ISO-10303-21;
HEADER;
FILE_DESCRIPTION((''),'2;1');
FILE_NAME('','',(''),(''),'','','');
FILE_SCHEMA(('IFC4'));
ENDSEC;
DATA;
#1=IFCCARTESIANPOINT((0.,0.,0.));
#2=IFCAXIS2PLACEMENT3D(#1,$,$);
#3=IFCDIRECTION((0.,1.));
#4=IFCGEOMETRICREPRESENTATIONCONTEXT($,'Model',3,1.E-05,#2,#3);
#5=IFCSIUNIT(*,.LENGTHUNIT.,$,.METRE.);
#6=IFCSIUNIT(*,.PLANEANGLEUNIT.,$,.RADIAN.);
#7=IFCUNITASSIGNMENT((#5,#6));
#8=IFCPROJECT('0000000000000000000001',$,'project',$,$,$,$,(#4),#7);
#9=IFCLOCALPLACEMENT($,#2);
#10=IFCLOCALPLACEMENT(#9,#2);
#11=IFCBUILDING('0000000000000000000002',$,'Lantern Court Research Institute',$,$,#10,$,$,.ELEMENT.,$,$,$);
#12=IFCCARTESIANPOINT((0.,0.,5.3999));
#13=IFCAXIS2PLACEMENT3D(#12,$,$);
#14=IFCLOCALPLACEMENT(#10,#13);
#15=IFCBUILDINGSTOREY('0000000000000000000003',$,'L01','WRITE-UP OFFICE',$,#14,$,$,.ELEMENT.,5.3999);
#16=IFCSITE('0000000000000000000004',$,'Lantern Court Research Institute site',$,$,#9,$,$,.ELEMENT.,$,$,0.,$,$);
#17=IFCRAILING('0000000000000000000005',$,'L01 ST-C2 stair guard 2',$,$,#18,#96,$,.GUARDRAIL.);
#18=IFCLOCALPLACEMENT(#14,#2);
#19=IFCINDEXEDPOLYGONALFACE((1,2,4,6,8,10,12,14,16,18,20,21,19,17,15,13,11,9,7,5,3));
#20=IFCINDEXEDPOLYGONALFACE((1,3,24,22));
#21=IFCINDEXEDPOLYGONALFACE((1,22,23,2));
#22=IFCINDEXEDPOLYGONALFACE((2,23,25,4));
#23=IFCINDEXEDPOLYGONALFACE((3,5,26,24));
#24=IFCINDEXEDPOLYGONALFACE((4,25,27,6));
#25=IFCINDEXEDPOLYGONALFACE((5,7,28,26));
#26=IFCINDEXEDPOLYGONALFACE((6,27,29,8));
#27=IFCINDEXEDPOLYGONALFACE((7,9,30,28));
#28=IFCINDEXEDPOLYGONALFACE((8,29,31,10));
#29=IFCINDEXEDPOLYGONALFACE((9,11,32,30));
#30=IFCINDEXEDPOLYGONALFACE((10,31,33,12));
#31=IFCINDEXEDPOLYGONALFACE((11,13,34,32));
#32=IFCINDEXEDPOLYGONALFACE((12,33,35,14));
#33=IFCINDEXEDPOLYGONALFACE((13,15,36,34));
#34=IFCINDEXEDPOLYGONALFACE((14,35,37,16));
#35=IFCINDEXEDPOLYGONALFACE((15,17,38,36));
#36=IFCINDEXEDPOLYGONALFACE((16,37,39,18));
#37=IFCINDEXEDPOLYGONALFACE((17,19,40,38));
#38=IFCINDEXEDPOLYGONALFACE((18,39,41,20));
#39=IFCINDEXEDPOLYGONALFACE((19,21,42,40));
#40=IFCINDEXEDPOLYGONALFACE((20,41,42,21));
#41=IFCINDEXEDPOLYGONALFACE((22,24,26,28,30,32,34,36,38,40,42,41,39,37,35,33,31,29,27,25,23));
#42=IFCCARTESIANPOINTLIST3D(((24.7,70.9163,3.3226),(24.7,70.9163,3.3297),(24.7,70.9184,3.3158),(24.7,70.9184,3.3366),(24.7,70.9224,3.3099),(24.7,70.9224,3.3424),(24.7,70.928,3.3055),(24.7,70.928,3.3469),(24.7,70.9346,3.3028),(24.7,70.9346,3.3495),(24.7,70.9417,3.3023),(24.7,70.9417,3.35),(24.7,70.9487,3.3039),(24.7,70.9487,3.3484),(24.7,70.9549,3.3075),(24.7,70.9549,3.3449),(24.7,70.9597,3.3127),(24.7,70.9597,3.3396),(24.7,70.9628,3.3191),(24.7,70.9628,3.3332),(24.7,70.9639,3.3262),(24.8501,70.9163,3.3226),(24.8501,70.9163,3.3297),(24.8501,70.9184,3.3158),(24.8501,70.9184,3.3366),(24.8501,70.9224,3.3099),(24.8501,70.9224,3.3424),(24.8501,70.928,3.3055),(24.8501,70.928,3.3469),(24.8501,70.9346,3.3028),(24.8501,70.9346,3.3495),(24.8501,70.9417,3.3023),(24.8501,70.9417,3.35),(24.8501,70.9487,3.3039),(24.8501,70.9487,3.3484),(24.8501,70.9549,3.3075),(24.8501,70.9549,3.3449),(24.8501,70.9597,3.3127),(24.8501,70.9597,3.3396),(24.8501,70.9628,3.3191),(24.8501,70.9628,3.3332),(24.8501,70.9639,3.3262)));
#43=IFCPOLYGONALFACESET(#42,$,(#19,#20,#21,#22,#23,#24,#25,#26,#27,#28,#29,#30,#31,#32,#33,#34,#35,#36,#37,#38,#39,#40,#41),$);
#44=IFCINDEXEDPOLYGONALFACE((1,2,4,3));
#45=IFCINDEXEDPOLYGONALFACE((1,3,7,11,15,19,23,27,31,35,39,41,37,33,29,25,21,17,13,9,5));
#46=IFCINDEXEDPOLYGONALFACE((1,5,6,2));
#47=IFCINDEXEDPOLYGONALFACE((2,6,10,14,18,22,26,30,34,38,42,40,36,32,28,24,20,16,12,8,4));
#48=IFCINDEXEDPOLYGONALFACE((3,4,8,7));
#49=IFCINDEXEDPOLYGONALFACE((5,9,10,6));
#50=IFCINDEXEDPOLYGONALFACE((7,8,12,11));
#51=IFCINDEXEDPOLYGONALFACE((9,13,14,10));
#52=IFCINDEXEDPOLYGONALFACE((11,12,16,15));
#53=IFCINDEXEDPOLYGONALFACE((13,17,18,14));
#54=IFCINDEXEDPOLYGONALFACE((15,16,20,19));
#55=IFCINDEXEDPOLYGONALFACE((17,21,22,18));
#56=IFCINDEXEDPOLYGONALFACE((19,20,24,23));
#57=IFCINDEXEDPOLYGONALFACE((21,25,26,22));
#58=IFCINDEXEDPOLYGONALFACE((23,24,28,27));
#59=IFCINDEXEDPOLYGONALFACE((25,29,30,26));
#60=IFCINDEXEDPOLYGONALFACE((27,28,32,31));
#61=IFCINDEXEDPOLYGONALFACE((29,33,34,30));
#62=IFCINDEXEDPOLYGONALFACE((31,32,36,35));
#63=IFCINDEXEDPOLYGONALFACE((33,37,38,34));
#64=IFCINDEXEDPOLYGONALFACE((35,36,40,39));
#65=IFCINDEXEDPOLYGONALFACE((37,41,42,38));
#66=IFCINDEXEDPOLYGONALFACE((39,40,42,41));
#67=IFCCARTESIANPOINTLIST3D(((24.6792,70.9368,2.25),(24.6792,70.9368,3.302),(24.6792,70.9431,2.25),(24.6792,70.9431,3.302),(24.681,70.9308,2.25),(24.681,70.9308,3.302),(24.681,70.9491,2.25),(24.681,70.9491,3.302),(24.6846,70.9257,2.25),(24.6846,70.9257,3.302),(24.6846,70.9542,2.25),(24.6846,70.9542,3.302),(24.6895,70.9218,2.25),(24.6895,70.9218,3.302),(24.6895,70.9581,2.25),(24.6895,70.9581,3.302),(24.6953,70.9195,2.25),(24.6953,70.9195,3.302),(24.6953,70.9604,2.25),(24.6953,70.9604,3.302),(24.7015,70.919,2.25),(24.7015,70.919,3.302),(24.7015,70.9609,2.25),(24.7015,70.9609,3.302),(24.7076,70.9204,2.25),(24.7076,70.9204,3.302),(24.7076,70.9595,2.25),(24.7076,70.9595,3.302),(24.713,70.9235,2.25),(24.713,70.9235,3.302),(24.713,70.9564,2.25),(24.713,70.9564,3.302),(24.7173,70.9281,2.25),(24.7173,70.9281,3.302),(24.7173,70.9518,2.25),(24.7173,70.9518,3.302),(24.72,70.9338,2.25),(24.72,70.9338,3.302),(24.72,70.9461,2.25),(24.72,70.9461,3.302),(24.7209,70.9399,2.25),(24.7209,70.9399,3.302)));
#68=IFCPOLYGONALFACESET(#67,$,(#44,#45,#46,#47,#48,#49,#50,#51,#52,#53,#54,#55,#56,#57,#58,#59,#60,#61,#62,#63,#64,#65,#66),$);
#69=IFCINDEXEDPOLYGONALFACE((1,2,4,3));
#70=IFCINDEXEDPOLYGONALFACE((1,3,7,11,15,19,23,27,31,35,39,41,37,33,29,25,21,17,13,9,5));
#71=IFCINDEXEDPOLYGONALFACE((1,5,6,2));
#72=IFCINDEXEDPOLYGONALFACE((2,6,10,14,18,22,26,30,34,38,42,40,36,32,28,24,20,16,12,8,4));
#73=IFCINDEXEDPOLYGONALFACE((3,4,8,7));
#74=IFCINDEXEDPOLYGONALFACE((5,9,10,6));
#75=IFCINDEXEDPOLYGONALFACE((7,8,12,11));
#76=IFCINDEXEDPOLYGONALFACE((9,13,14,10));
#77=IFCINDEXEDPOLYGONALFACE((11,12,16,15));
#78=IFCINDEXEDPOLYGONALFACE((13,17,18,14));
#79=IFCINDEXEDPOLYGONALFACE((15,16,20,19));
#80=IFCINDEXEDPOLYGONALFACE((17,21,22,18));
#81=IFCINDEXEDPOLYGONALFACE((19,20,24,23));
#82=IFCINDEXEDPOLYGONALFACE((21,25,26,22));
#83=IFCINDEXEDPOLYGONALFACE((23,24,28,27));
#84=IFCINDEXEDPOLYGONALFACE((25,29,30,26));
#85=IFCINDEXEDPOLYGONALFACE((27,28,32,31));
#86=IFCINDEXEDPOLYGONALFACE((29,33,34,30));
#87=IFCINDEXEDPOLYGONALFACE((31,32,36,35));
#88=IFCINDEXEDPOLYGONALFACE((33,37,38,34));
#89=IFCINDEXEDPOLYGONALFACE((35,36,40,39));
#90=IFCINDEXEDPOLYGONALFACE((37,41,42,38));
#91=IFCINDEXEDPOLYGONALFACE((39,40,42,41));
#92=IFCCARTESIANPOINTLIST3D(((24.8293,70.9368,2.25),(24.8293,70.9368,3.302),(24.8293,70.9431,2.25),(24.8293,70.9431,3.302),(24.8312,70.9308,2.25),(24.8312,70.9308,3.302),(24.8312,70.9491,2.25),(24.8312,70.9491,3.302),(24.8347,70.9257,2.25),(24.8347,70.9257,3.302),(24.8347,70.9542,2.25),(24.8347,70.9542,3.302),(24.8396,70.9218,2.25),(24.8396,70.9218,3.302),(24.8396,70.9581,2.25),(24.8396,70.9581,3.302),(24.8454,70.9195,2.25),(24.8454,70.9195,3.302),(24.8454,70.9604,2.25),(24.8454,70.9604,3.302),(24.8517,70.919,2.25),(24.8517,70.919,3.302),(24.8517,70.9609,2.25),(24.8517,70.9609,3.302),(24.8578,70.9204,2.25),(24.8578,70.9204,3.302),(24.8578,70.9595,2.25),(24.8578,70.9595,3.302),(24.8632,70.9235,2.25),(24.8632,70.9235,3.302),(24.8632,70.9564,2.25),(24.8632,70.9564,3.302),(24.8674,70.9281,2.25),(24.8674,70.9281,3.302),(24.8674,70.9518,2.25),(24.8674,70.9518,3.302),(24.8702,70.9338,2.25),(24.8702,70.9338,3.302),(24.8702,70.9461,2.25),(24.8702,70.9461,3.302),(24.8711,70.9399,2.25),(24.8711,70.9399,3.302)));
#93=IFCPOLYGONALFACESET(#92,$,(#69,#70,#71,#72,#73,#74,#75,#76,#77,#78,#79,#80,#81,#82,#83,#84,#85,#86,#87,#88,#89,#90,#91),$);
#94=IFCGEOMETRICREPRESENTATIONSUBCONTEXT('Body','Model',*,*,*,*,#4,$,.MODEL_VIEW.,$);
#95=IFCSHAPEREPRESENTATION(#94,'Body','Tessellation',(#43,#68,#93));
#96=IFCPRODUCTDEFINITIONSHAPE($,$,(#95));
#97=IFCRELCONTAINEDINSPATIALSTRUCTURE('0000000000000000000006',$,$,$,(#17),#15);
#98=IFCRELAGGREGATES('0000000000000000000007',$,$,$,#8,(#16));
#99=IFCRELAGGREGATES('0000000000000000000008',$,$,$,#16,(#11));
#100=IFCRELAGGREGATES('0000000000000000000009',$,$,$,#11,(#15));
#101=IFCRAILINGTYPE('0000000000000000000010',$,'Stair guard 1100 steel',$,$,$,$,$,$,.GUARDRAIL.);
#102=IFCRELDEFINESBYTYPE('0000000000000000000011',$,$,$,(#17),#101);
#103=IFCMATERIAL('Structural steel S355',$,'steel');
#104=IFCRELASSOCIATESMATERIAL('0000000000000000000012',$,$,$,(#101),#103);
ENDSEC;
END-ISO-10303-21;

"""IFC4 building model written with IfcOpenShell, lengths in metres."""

from ifc_helpers import new_model, si_unit, direction, frame, origin, origin_2d, place, context, subcontext, project, spatial, circle, extrude, material, type_object, element, save


model = new_model("IFC4")

# Units and contexts
model_context = context("Model", 3, precision=1e-05, world=origin(), true_north=direction((0.0, 1.0)))
body_context = subcontext(model_context, "Body", "Model", "MODEL_VIEW")
ifc_project = project(units=[si_unit("LENGTHUNIT", "METRE"), si_unit("PLANEANGLEUNIT", "RADIAN")], contexts=[model_context])

# Site, building, storey
site_placement = place(None, origin())
site = spatial("IfcSite", under=ifc_project, at=site_placement, Name="Lantern Court Research Institute site", CompositionType="ELEMENT", RefElevation=0.0)
building_placement = place(site_placement, origin())
building = spatial("IfcBuilding", under=site, at=building_placement, Name="Lantern Court Research Institute", CompositionType="ELEMENT")
storey_placement = place(building_placement, frame((0.0, 0.0, 5.3999)))
storey = spatial("IfcBuildingStorey", under=building, at=storey_placement, Name="L01", Description="WRITE-UP OFFICE", CompositionType="ELEMENT", Elevation=5.3999)

# Railing
ifc_material_1 = material(Name="Structural steel S355", Category="steel")
railing_type_1 = type_object("IfcRailingType", Name="Stair guard 1100 steel", PredefinedType="GUARDRAIL", material=ifc_material_1)
railing_1_placement = place(storey_placement, frame((24.7, 70.9399, 2.25)))
element("IfcRailing", 1, at=railing_1_placement, inside=storey, type_object=railing_type_1, Name="L01 ST-C2 stair guard 2", PredefinedType="GUARDRAIL", context=body_context, shape_type="SweptSolid", body=[
    extrude(circle(Radius=0.0239, at=origin_2d()), frame((0.0, 0.0, 1.0762), z_axis=(1.0, 0.0, 0.0), x_axis=(0.0, 1.0, 0.0)), (0.0, 0.0, 1.0), 0.1501),
    extrude(circle(Radius=0.021, at=origin_2d()), origin(), (0.0, 0.0, 1.0), 1.052),
    extrude(circle(Radius=0.021, at=origin_2d()), frame((0.1501, 0.0, 0.0)), (0.0, 0.0, 1.0), 1.052),
])

save(model, "model.ifc")
